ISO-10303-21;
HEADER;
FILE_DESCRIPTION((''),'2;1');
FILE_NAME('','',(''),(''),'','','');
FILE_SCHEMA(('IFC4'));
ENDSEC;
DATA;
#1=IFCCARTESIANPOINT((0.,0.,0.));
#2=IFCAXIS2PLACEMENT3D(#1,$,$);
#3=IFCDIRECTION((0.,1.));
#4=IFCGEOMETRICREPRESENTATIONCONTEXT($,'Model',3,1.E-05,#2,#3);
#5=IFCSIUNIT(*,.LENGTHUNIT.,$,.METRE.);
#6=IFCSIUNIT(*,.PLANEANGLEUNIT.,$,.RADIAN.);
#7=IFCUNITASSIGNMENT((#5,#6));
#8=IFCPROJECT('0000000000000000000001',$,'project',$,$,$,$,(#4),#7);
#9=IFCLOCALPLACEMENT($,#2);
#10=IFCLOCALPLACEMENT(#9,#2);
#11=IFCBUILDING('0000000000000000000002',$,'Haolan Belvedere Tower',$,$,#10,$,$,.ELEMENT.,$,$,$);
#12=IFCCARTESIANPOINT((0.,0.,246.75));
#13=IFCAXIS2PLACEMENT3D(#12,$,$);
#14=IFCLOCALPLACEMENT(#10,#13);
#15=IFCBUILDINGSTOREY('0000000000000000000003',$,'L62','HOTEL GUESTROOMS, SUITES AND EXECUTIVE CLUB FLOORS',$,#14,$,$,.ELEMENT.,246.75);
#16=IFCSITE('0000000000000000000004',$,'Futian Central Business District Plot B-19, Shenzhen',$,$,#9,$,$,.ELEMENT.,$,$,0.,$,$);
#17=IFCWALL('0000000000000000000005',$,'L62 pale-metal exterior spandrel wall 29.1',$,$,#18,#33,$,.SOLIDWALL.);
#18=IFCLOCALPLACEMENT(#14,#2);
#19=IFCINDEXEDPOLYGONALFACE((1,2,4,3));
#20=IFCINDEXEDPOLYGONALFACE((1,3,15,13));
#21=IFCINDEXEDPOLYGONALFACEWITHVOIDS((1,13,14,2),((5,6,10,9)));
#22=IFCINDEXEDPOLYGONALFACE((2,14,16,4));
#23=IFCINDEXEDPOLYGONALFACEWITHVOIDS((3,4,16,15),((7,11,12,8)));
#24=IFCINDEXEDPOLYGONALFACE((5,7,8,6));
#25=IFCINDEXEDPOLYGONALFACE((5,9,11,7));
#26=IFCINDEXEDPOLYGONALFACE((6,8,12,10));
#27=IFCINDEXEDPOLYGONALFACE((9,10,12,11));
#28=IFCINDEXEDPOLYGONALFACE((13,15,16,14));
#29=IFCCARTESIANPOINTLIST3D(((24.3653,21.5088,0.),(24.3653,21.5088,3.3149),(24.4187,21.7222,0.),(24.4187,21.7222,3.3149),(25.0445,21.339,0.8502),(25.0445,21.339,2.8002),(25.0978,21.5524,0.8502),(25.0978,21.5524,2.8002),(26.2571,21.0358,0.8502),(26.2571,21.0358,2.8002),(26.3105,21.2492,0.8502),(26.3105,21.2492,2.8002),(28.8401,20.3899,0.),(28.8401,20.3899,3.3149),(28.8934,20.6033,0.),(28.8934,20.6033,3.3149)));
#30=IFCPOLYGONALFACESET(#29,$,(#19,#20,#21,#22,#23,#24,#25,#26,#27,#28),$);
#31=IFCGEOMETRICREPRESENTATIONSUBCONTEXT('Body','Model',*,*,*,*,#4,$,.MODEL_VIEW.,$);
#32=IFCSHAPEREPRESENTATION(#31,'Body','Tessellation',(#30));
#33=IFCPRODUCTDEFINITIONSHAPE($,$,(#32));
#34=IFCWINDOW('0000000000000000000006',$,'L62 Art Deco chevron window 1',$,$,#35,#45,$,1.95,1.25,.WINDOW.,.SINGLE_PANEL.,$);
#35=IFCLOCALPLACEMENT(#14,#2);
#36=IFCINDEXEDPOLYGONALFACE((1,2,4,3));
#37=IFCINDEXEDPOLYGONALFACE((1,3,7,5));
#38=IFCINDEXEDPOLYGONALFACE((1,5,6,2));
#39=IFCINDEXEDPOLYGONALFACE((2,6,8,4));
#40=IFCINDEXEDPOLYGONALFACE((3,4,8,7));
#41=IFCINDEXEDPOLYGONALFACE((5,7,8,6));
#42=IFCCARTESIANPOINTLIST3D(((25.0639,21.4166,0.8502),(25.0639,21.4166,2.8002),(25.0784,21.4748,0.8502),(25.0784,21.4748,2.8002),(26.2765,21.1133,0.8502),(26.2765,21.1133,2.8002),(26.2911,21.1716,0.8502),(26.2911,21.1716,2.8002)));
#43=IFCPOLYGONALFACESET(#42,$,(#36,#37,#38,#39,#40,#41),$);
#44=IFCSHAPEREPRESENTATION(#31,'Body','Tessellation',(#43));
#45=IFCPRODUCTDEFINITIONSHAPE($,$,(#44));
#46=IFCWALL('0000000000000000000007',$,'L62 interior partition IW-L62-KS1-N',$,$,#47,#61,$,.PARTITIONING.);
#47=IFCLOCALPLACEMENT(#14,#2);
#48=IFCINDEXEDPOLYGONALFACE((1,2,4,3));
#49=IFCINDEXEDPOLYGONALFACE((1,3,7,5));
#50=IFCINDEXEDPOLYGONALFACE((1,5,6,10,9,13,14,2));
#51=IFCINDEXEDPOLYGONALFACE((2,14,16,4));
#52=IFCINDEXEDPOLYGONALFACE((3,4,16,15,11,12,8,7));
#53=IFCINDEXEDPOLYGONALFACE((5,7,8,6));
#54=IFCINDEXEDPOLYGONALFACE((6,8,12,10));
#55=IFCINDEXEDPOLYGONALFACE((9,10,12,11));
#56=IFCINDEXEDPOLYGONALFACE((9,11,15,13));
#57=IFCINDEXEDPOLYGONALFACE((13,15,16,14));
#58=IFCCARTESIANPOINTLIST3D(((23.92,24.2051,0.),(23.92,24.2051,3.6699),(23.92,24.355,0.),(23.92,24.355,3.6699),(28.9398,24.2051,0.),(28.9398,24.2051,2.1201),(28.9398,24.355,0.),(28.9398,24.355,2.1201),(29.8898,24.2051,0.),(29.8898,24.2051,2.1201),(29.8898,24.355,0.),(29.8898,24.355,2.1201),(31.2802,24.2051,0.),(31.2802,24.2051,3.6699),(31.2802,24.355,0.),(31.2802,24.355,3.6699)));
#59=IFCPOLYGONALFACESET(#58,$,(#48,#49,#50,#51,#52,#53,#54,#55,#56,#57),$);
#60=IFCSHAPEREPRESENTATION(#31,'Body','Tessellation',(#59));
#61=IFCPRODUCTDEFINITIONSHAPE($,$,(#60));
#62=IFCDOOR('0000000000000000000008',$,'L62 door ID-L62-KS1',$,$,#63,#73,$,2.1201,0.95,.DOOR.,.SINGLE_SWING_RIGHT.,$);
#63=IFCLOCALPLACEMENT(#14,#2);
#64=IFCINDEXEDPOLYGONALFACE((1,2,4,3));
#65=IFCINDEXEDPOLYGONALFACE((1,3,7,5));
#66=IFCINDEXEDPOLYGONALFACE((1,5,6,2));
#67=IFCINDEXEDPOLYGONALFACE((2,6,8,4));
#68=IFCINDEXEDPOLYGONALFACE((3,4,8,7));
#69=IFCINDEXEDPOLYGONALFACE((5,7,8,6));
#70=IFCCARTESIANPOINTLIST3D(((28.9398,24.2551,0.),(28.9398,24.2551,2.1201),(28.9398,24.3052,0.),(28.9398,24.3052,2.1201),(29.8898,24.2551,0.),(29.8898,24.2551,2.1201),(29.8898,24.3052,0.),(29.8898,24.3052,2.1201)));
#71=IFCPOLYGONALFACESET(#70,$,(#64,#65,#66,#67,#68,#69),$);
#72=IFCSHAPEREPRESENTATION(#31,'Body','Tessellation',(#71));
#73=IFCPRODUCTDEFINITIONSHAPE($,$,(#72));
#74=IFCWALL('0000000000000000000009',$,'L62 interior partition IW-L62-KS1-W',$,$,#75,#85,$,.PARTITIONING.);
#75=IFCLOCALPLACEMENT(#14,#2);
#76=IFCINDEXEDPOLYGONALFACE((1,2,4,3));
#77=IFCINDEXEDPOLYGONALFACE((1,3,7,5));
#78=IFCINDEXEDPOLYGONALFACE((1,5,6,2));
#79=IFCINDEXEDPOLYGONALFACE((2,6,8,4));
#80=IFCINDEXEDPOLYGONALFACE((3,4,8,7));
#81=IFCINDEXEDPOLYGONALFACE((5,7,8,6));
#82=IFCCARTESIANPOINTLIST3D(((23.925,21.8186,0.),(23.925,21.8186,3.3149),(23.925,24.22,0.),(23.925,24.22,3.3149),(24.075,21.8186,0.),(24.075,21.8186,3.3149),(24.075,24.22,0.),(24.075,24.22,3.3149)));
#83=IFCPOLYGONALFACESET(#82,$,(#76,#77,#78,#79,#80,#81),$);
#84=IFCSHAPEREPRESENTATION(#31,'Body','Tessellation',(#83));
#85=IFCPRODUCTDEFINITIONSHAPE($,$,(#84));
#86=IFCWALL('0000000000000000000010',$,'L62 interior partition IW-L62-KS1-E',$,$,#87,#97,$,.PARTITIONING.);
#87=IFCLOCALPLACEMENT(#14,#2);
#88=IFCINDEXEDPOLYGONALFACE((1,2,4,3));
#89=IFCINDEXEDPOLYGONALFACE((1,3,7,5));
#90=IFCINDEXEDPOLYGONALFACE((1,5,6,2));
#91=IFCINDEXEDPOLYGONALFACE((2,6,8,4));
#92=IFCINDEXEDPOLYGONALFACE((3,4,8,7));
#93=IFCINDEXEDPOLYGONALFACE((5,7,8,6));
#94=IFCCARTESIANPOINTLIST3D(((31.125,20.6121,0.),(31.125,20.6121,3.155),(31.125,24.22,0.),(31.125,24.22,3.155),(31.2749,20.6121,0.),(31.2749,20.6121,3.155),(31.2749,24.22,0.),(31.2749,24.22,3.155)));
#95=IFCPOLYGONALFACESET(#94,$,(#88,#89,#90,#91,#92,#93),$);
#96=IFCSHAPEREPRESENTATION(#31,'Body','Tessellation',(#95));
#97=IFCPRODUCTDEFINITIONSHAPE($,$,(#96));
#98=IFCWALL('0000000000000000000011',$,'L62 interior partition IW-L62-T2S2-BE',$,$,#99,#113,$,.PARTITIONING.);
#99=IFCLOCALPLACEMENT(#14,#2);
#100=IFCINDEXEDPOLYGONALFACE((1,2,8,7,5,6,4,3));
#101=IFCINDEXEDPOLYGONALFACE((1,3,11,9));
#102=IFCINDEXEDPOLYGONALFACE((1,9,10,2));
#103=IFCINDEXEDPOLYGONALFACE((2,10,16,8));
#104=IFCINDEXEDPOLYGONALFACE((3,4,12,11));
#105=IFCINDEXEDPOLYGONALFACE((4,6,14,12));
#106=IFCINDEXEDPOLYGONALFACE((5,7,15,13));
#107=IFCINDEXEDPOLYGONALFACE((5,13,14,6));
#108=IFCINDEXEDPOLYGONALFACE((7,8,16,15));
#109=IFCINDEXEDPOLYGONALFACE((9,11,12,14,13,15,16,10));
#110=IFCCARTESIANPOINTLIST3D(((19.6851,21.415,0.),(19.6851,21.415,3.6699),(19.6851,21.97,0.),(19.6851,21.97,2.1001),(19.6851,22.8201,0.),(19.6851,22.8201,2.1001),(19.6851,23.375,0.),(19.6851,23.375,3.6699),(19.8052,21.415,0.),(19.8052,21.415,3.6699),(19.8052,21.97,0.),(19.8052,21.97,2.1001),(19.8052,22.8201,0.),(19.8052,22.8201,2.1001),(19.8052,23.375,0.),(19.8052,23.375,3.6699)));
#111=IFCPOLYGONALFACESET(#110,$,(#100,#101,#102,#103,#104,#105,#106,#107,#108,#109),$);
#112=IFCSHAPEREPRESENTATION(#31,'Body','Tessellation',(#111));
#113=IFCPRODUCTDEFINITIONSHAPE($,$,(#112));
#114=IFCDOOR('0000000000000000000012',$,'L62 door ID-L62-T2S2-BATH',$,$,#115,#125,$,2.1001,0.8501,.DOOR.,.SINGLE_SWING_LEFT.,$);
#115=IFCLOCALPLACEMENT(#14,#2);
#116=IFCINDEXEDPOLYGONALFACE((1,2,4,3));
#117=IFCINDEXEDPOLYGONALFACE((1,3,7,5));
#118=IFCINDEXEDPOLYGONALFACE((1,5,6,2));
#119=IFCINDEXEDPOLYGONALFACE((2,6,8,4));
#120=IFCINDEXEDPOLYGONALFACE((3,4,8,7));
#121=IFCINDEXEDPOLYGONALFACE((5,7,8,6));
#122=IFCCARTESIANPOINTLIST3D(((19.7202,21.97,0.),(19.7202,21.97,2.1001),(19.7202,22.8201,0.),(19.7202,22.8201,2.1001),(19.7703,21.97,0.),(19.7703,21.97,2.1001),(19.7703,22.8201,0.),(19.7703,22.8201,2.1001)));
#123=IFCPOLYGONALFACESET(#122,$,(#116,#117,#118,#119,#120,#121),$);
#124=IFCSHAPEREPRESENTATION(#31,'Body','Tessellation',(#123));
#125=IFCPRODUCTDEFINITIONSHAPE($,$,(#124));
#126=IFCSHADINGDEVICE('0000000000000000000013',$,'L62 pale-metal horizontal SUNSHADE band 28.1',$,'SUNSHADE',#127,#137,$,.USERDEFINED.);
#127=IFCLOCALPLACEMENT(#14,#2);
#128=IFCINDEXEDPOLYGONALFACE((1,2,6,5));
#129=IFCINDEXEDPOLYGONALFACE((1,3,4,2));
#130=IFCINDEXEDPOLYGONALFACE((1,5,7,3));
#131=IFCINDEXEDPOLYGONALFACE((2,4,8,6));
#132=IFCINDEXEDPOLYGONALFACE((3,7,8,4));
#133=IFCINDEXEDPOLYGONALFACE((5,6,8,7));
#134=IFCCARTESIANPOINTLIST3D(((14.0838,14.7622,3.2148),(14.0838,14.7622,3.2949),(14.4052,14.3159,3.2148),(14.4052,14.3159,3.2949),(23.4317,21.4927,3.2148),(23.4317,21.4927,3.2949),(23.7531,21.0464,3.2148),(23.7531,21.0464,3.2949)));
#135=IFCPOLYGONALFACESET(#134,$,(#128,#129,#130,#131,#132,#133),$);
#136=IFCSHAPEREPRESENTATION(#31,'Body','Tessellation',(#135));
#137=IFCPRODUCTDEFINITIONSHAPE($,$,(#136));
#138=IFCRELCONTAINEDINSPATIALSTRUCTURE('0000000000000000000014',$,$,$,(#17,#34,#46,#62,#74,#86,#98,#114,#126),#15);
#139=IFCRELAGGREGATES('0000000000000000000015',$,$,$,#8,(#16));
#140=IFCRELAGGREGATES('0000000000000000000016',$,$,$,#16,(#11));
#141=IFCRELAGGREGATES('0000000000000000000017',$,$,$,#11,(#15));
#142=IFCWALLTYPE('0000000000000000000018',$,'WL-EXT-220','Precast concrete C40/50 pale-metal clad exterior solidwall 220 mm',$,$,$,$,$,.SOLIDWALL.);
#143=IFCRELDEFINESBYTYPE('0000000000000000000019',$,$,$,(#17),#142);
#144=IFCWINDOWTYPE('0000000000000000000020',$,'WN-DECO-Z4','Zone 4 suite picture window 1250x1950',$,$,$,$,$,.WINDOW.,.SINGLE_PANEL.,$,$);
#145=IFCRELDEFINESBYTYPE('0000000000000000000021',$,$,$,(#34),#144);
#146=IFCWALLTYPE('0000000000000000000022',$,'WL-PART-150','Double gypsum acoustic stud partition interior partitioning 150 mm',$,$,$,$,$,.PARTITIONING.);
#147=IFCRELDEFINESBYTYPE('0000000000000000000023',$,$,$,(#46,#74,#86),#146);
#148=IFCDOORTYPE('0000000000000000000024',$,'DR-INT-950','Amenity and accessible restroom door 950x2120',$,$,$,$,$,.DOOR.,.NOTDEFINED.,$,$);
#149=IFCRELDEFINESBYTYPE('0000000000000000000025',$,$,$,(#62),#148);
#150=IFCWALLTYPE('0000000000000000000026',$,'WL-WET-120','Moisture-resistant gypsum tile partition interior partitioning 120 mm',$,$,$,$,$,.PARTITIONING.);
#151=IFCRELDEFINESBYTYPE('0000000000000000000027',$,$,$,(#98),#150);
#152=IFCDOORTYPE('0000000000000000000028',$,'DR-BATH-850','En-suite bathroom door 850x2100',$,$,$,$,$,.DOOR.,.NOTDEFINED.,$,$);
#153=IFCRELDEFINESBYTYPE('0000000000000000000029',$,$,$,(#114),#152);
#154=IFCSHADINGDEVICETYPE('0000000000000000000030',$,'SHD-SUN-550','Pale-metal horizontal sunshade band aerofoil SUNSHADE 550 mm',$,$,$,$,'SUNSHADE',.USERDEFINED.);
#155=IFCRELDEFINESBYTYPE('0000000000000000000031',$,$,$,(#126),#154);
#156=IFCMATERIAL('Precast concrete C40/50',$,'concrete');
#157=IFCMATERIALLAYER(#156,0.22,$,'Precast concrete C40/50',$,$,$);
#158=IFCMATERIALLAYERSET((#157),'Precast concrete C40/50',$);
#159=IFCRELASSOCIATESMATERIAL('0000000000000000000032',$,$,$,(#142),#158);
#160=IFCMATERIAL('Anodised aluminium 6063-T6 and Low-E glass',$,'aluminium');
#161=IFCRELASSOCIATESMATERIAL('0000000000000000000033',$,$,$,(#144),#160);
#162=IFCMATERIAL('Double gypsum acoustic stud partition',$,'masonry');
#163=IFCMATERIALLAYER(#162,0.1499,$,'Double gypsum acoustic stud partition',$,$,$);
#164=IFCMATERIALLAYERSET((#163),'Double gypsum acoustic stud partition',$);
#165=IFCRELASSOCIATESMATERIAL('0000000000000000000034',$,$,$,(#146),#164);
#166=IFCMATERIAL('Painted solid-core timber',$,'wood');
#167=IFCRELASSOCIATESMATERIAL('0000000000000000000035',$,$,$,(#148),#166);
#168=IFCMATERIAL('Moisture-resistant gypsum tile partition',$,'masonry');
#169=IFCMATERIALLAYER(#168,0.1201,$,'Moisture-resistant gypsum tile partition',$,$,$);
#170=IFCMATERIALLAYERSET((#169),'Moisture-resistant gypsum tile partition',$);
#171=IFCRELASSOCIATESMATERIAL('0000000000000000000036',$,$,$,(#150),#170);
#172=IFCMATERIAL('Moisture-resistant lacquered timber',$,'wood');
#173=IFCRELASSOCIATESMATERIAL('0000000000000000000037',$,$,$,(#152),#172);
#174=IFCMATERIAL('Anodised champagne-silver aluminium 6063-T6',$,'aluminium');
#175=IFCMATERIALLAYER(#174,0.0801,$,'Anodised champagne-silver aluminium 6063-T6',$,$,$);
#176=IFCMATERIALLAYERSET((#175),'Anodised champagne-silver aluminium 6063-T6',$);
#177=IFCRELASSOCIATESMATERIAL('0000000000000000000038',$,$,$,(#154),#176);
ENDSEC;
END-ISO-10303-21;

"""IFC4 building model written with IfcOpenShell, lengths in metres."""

from ifc_helpers import new_model, si_unit, direction, frame, frame_2d, origin, origin_2d, place, context, subcontext, project, spatial, rectangle, extrude, material, layer, layer_set, type_object, element, fill, save


model = new_model("IFC4")

# Units and contexts
model_context = context("Model", 3, precision=1e-05, world=origin(), true_north=direction((0.0, 1.0)))
body_context = subcontext(model_context, "Body", "Model", "MODEL_VIEW")
ifc_project = project(units=[si_unit("LENGTHUNIT", "METRE"), si_unit("PLANEANGLEUNIT", "RADIAN")], contexts=[model_context])

# Site, building, storey
site_placement = place(None, origin())
site = spatial("IfcSite", under=ifc_project, at=site_placement, Name="Futian Central Business District Plot B-19, Shenzhen", CompositionType="ELEMENT", RefElevation=0.0)
building_placement = place(site_placement, origin())
building = spatial("IfcBuilding", under=site, at=building_placement, Name="Haolan Belvedere Tower", CompositionType="ELEMENT")
storey_placement = place(building_placement, frame((0.0, 0.0, 246.75)))
storey = spatial("IfcBuildingStorey", under=building, at=storey_placement, Name="L62", Description="HOTEL GUESTROOMS, SUITES AND EXECUTIVE CLUB FLOORS", CompositionType="ELEMENT", Elevation=246.75)

# Shared definitions
ifc_material_1 = material(Name="Precast concrete C40/50", Category="concrete")
ifc_layer_1 = layer(ifc_material_1, 0.22, Name="Precast concrete C40/50")
ifc_layer_set_1 = layer_set([ifc_layer_1], Name="Precast concrete C40/50")
wall_type_1 = type_object("IfcWallType", Name="WL-EXT-220", Description="Precast concrete C40/50 pale-metal clad exterior solidwall 220 mm", PredefinedType="SOLIDWALL", material=ifc_layer_set_1)

# Wall, opening, window
wall_1_placement = place(storey_placement, frame((24.3921, 21.6155, 0.0), z_axis=(0.0, 0.0, 1.0), x_axis=(0.970133, -0.242573, 0.0)))
wall_1 = element("IfcWall", 1, at=wall_1_placement, inside=storey, type_object=wall_type_1, Name="L62 pale-metal exterior spandrel wall 29.1", PredefinedType="SOLIDWALL", context=body_context, shape_type="SweptSolid", body=[
    extrude(rectangle(XDim=4.6125, YDim=0.22, at=frame_2d((2.3062, 0.0))), origin(), (0.0, 0.0, 1.0), 3.3149),
])
opening_1_placement = place(wall_1_placement, frame((0.7, 0.0, 0.8501)))
opening_1 = element("IfcOpeningElement", 2, at=opening_1_placement, cuts=wall_1, PredefinedType="OPENING", context=body_context, shape_type="SweptSolid", body=[
    extrude(rectangle(XDim=1.25, YDim=1.95, at=frame_2d((0.625, 0.9751))), frame((0.0, 0.1199, 0.0), z_axis=(0.0, -1.0, 0.0), x_axis=(1.0, 0.0, 0.0)), (0.0, 0.0, 1.0), 0.24),
])
ifc_material_2 = material(Name="Anodised aluminium 6063-T6 and Low-E glass", Category="aluminium")
window_type = type_object("IfcWindowType", Name="WN-DECO-Z4", Description="Zone 4 suite picture window 1250x1950", PartitioningType="SINGLE_PANEL", PredefinedType="WINDOW", material=ifc_material_2)
window_placement = place(opening_1_placement, origin())
window = element("IfcWindow", 3, at=window_placement, inside=storey, type_object=window_type, Name="L62 Art Deco chevron window 1", OverallHeight=1.95, OverallWidth=1.25, PartitioningType="SINGLE_PANEL", PredefinedType="WINDOW", context=body_context, shape_type="SweptSolid", body=[
    extrude(rectangle(XDim=1.25, YDim=1.95, at=frame_2d((0.625, 0.9751))), frame((0.0, 0.03, 0.0), z_axis=(0.0, -1.0, 0.0), x_axis=(1.0, 0.0, 0.0)), (0.0, 0.0, 1.0), 0.0601),
])
fill(opening_1, window)

# Wall, opening, door
ifc_material_3 = material(Name="Double gypsum acoustic stud partition", Category="masonry")
ifc_layer_2 = layer(ifc_material_3, 0.1499, Name="Double gypsum acoustic stud partition")
ifc_layer_set_2 = layer_set([ifc_layer_2], Name="Double gypsum acoustic stud partition")
wall_type_2 = type_object("IfcWallType", Name="WL-PART-150", Description="Double gypsum acoustic stud partition interior partitioning 150 mm", PredefinedType="PARTITIONING", material=ifc_layer_set_2)
wall_2_placement = place(storey_placement, frame((23.9199, 24.28, 0.0), z_axis=(0.0, 0.0, 1.0), x_axis=(1.0, 0.0, 0.0)))
wall_2 = element("IfcWall", 4, at=wall_2_placement, inside=storey, type_object=wall_type_2, Name="L62 interior partition IW-L62-KS1-N", PredefinedType="PARTITIONING", context=body_context, shape_type="SweptSolid", body=[
    extrude(rectangle(XDim=7.3601, YDim=0.1499, at=frame_2d((3.6802, 0.0))), origin(), (0.0, 0.0, 1.0), 3.6699),
])
opening_2_placement = place(wall_2_placement, frame((5.97, 0.0, 0.0), z_axis=(0.0, 0.0, 1.0), x_axis=(-1.0, 0.0, 0.0)))
opening_2 = element("IfcOpeningElement", 5, at=opening_2_placement, cuts=wall_2, PredefinedType="OPENING", context=body_context, shape_type="SweptSolid", body=[
    extrude(rectangle(XDim=0.95, YDim=2.1201, at=frame_2d((0.4751, 1.0601))), frame((0.0, 0.085, 0.0), z_axis=(0.0, -1.0, 0.0), x_axis=(1.0, 0.0, 0.0)), (0.0, 0.0, 1.0), 0.1699),
])
ifc_material_4 = material(Name="Painted solid-core timber", Category="wood")
door_type_1 = type_object("IfcDoorType", Name="DR-INT-950", Description="Amenity and accessible restroom door 950x2120", OperationType="NOTDEFINED", PredefinedType="DOOR", material=ifc_material_4)
door_1_placement = place(opening_2_placement, origin())
door_1 = element("IfcDoor", 6, at=door_1_placement, inside=storey, type_object=door_type_1, Name="L62 door ID-L62-KS1", OperationType="SINGLE_SWING_RIGHT", OverallHeight=2.1201, OverallWidth=0.95, PredefinedType="DOOR", context=body_context, shape_type="SweptSolid", body=[
    extrude(rectangle(XDim=0.95, YDim=2.1201, at=frame_2d((0.4751, 1.0601))), frame((0.0, 0.0249, 0.0), z_axis=(0.0, -1.0, 0.0), x_axis=(1.0, 0.0, 0.0)), (0.0, 0.0, 1.0), 0.05),
])
fill(opening_2, door_1)

# Walls
wall_3_placement = place(storey_placement, frame((24.0, 21.8186, 0.0), z_axis=(0.0, 0.0, 1.0), x_axis=(0.0, 1.0, 0.0)))
element("IfcWall", 7, at=wall_3_placement, inside=storey, type_object=wall_type_2, Name="L62 interior partition IW-L62-KS1-W", PredefinedType="PARTITIONING", context=body_context, shape_type="SweptSolid", body=[
    extrude(rectangle(XDim=2.4014, YDim=0.1499, at=frame_2d((1.2007, 0.0))), origin(), (0.0, 0.0, 1.0), 3.3149),
])
wall_4_placement = place(storey_placement, frame((31.2, 20.6121, 0.0), z_axis=(0.0, 0.0, 1.0), x_axis=(0.0, 1.0, 0.0)))
element("IfcWall", 8, at=wall_4_placement, inside=storey, type_object=wall_type_2, Name="L62 interior partition IW-L62-KS1-E", PredefinedType="PARTITIONING", context=body_context, shape_type="SweptSolid", body=[
    extrude(rectangle(XDim=3.6079, YDim=0.1499, at=frame_2d((1.804, 0.0))), origin(), (0.0, 0.0, 1.0), 3.155),
])

# Wall, opening, door
ifc_material_5 = material(Name="Moisture-resistant gypsum tile partition", Category="masonry")
ifc_layer_3 = layer(ifc_material_5, 0.1201, Name="Moisture-resistant gypsum tile partition")
ifc_layer_set_3 = layer_set([ifc_layer_3], Name="Moisture-resistant gypsum tile partition")
wall_type_3 = type_object("IfcWallType", Name="WL-WET-120", Description="Moisture-resistant gypsum tile partition interior partitioning 120 mm", PredefinedType="PARTITIONING", material=ifc_layer_set_3)
wall_5_placement = place(storey_placement, frame((19.7451, 21.415, 0.0), z_axis=(0.0, 0.0, 1.0), x_axis=(0.0, 1.0, 0.0)))
wall_5 = element("IfcWall", 9, at=wall_5_placement, inside=storey, type_object=wall_type_3, Name="L62 interior partition IW-L62-T2S2-BE", PredefinedType="PARTITIONING", context=body_context, shape_type="SweptSolid", body=[
    extrude(rectangle(XDim=1.96, YDim=0.1201, at=frame_2d((0.98, 0.0))), origin(), (0.0, 0.0, 1.0), 3.6699),
])
opening_3_placement = place(wall_5_placement, frame((0.5549, 0.0, 0.0)))
opening_3 = element("IfcOpeningElement", 10, at=opening_3_placement, cuts=wall_5, PredefinedType="OPENING", context=body_context, shape_type="SweptSolid", body=[
    extrude(rectangle(XDim=0.8501, YDim=2.1001, at=frame_2d((0.425, 1.05))), frame((0.0, 0.0701, 0.0), z_axis=(0.0, -1.0, 0.0), x_axis=(1.0, 0.0, 0.0)), (0.0, 0.0, 1.0), 0.1401),
])
ifc_material_6 = material(Name="Moisture-resistant lacquered timber", Category="wood")
door_type_2 = type_object("IfcDoorType", Name="DR-BATH-850", Description="En-suite bathroom door 850x2100", OperationType="NOTDEFINED", PredefinedType="DOOR", material=ifc_material_6)
door_2_placement = place(opening_3_placement, origin())
door_2 = element("IfcDoor", 11, at=door_2_placement, inside=storey, type_object=door_type_2, Name="L62 door ID-L62-T2S2-BATH", OperationType="SINGLE_SWING_LEFT", OverallHeight=2.1001, OverallWidth=0.8501, PredefinedType="DOOR", context=body_context, shape_type="SweptSolid", body=[
    extrude(rectangle(XDim=0.8501, YDim=2.1001, at=frame_2d((0.425, 1.05))), frame((0.0, 0.0249, 0.0), z_axis=(0.0, -1.0, 0.0), x_axis=(1.0, 0.0, 0.0)), (0.0, 0.0, 1.0), 0.05),
])
fill(opening_3, door_2)

# Shading device
ifc_material_7 = material(Name="Anodised champagne-silver aluminium 6063-T6", Category="aluminium")
ifc_layer_4 = layer(ifc_material_7, 0.0801, Name="Anodised champagne-silver aluminium 6063-T6")
ifc_layer_set_4 = layer_set([ifc_layer_4], Name="Anodised champagne-silver aluminium 6063-T6")
shading_device_type = type_object("IfcShadingDeviceType", Name="SHD-SUN-550", Description="Pale-metal horizontal sunshade band aerofoil SUNSHADE 550 mm", ElementType="SUNSHADE", PredefinedType="USERDEFINED", material=ifc_layer_set_4)
shading_device_placement = place(storey_placement, frame((18.9185, 17.9043, 3.2148), z_axis=(0.0, 0.0, 1.0), x_axis=(0.811533, 0.584306, 0.0)))
element("IfcShadingDevice", 12, at=shading_device_placement, inside=storey, type_object=shading_device_type, Name="L62 pale-metal horizontal SUNSHADE band 28.1", ObjectType="SUNSHADE", PredefinedType="USERDEFINED", context=body_context, shape_type="SweptSolid", body=[
    extrude(rectangle(XDim=11.5188, YDim=0.55, at=origin_2d()), origin(), (0.0, 0.0, 1.0), 0.0801),
])

save(model, "model.ifc")
